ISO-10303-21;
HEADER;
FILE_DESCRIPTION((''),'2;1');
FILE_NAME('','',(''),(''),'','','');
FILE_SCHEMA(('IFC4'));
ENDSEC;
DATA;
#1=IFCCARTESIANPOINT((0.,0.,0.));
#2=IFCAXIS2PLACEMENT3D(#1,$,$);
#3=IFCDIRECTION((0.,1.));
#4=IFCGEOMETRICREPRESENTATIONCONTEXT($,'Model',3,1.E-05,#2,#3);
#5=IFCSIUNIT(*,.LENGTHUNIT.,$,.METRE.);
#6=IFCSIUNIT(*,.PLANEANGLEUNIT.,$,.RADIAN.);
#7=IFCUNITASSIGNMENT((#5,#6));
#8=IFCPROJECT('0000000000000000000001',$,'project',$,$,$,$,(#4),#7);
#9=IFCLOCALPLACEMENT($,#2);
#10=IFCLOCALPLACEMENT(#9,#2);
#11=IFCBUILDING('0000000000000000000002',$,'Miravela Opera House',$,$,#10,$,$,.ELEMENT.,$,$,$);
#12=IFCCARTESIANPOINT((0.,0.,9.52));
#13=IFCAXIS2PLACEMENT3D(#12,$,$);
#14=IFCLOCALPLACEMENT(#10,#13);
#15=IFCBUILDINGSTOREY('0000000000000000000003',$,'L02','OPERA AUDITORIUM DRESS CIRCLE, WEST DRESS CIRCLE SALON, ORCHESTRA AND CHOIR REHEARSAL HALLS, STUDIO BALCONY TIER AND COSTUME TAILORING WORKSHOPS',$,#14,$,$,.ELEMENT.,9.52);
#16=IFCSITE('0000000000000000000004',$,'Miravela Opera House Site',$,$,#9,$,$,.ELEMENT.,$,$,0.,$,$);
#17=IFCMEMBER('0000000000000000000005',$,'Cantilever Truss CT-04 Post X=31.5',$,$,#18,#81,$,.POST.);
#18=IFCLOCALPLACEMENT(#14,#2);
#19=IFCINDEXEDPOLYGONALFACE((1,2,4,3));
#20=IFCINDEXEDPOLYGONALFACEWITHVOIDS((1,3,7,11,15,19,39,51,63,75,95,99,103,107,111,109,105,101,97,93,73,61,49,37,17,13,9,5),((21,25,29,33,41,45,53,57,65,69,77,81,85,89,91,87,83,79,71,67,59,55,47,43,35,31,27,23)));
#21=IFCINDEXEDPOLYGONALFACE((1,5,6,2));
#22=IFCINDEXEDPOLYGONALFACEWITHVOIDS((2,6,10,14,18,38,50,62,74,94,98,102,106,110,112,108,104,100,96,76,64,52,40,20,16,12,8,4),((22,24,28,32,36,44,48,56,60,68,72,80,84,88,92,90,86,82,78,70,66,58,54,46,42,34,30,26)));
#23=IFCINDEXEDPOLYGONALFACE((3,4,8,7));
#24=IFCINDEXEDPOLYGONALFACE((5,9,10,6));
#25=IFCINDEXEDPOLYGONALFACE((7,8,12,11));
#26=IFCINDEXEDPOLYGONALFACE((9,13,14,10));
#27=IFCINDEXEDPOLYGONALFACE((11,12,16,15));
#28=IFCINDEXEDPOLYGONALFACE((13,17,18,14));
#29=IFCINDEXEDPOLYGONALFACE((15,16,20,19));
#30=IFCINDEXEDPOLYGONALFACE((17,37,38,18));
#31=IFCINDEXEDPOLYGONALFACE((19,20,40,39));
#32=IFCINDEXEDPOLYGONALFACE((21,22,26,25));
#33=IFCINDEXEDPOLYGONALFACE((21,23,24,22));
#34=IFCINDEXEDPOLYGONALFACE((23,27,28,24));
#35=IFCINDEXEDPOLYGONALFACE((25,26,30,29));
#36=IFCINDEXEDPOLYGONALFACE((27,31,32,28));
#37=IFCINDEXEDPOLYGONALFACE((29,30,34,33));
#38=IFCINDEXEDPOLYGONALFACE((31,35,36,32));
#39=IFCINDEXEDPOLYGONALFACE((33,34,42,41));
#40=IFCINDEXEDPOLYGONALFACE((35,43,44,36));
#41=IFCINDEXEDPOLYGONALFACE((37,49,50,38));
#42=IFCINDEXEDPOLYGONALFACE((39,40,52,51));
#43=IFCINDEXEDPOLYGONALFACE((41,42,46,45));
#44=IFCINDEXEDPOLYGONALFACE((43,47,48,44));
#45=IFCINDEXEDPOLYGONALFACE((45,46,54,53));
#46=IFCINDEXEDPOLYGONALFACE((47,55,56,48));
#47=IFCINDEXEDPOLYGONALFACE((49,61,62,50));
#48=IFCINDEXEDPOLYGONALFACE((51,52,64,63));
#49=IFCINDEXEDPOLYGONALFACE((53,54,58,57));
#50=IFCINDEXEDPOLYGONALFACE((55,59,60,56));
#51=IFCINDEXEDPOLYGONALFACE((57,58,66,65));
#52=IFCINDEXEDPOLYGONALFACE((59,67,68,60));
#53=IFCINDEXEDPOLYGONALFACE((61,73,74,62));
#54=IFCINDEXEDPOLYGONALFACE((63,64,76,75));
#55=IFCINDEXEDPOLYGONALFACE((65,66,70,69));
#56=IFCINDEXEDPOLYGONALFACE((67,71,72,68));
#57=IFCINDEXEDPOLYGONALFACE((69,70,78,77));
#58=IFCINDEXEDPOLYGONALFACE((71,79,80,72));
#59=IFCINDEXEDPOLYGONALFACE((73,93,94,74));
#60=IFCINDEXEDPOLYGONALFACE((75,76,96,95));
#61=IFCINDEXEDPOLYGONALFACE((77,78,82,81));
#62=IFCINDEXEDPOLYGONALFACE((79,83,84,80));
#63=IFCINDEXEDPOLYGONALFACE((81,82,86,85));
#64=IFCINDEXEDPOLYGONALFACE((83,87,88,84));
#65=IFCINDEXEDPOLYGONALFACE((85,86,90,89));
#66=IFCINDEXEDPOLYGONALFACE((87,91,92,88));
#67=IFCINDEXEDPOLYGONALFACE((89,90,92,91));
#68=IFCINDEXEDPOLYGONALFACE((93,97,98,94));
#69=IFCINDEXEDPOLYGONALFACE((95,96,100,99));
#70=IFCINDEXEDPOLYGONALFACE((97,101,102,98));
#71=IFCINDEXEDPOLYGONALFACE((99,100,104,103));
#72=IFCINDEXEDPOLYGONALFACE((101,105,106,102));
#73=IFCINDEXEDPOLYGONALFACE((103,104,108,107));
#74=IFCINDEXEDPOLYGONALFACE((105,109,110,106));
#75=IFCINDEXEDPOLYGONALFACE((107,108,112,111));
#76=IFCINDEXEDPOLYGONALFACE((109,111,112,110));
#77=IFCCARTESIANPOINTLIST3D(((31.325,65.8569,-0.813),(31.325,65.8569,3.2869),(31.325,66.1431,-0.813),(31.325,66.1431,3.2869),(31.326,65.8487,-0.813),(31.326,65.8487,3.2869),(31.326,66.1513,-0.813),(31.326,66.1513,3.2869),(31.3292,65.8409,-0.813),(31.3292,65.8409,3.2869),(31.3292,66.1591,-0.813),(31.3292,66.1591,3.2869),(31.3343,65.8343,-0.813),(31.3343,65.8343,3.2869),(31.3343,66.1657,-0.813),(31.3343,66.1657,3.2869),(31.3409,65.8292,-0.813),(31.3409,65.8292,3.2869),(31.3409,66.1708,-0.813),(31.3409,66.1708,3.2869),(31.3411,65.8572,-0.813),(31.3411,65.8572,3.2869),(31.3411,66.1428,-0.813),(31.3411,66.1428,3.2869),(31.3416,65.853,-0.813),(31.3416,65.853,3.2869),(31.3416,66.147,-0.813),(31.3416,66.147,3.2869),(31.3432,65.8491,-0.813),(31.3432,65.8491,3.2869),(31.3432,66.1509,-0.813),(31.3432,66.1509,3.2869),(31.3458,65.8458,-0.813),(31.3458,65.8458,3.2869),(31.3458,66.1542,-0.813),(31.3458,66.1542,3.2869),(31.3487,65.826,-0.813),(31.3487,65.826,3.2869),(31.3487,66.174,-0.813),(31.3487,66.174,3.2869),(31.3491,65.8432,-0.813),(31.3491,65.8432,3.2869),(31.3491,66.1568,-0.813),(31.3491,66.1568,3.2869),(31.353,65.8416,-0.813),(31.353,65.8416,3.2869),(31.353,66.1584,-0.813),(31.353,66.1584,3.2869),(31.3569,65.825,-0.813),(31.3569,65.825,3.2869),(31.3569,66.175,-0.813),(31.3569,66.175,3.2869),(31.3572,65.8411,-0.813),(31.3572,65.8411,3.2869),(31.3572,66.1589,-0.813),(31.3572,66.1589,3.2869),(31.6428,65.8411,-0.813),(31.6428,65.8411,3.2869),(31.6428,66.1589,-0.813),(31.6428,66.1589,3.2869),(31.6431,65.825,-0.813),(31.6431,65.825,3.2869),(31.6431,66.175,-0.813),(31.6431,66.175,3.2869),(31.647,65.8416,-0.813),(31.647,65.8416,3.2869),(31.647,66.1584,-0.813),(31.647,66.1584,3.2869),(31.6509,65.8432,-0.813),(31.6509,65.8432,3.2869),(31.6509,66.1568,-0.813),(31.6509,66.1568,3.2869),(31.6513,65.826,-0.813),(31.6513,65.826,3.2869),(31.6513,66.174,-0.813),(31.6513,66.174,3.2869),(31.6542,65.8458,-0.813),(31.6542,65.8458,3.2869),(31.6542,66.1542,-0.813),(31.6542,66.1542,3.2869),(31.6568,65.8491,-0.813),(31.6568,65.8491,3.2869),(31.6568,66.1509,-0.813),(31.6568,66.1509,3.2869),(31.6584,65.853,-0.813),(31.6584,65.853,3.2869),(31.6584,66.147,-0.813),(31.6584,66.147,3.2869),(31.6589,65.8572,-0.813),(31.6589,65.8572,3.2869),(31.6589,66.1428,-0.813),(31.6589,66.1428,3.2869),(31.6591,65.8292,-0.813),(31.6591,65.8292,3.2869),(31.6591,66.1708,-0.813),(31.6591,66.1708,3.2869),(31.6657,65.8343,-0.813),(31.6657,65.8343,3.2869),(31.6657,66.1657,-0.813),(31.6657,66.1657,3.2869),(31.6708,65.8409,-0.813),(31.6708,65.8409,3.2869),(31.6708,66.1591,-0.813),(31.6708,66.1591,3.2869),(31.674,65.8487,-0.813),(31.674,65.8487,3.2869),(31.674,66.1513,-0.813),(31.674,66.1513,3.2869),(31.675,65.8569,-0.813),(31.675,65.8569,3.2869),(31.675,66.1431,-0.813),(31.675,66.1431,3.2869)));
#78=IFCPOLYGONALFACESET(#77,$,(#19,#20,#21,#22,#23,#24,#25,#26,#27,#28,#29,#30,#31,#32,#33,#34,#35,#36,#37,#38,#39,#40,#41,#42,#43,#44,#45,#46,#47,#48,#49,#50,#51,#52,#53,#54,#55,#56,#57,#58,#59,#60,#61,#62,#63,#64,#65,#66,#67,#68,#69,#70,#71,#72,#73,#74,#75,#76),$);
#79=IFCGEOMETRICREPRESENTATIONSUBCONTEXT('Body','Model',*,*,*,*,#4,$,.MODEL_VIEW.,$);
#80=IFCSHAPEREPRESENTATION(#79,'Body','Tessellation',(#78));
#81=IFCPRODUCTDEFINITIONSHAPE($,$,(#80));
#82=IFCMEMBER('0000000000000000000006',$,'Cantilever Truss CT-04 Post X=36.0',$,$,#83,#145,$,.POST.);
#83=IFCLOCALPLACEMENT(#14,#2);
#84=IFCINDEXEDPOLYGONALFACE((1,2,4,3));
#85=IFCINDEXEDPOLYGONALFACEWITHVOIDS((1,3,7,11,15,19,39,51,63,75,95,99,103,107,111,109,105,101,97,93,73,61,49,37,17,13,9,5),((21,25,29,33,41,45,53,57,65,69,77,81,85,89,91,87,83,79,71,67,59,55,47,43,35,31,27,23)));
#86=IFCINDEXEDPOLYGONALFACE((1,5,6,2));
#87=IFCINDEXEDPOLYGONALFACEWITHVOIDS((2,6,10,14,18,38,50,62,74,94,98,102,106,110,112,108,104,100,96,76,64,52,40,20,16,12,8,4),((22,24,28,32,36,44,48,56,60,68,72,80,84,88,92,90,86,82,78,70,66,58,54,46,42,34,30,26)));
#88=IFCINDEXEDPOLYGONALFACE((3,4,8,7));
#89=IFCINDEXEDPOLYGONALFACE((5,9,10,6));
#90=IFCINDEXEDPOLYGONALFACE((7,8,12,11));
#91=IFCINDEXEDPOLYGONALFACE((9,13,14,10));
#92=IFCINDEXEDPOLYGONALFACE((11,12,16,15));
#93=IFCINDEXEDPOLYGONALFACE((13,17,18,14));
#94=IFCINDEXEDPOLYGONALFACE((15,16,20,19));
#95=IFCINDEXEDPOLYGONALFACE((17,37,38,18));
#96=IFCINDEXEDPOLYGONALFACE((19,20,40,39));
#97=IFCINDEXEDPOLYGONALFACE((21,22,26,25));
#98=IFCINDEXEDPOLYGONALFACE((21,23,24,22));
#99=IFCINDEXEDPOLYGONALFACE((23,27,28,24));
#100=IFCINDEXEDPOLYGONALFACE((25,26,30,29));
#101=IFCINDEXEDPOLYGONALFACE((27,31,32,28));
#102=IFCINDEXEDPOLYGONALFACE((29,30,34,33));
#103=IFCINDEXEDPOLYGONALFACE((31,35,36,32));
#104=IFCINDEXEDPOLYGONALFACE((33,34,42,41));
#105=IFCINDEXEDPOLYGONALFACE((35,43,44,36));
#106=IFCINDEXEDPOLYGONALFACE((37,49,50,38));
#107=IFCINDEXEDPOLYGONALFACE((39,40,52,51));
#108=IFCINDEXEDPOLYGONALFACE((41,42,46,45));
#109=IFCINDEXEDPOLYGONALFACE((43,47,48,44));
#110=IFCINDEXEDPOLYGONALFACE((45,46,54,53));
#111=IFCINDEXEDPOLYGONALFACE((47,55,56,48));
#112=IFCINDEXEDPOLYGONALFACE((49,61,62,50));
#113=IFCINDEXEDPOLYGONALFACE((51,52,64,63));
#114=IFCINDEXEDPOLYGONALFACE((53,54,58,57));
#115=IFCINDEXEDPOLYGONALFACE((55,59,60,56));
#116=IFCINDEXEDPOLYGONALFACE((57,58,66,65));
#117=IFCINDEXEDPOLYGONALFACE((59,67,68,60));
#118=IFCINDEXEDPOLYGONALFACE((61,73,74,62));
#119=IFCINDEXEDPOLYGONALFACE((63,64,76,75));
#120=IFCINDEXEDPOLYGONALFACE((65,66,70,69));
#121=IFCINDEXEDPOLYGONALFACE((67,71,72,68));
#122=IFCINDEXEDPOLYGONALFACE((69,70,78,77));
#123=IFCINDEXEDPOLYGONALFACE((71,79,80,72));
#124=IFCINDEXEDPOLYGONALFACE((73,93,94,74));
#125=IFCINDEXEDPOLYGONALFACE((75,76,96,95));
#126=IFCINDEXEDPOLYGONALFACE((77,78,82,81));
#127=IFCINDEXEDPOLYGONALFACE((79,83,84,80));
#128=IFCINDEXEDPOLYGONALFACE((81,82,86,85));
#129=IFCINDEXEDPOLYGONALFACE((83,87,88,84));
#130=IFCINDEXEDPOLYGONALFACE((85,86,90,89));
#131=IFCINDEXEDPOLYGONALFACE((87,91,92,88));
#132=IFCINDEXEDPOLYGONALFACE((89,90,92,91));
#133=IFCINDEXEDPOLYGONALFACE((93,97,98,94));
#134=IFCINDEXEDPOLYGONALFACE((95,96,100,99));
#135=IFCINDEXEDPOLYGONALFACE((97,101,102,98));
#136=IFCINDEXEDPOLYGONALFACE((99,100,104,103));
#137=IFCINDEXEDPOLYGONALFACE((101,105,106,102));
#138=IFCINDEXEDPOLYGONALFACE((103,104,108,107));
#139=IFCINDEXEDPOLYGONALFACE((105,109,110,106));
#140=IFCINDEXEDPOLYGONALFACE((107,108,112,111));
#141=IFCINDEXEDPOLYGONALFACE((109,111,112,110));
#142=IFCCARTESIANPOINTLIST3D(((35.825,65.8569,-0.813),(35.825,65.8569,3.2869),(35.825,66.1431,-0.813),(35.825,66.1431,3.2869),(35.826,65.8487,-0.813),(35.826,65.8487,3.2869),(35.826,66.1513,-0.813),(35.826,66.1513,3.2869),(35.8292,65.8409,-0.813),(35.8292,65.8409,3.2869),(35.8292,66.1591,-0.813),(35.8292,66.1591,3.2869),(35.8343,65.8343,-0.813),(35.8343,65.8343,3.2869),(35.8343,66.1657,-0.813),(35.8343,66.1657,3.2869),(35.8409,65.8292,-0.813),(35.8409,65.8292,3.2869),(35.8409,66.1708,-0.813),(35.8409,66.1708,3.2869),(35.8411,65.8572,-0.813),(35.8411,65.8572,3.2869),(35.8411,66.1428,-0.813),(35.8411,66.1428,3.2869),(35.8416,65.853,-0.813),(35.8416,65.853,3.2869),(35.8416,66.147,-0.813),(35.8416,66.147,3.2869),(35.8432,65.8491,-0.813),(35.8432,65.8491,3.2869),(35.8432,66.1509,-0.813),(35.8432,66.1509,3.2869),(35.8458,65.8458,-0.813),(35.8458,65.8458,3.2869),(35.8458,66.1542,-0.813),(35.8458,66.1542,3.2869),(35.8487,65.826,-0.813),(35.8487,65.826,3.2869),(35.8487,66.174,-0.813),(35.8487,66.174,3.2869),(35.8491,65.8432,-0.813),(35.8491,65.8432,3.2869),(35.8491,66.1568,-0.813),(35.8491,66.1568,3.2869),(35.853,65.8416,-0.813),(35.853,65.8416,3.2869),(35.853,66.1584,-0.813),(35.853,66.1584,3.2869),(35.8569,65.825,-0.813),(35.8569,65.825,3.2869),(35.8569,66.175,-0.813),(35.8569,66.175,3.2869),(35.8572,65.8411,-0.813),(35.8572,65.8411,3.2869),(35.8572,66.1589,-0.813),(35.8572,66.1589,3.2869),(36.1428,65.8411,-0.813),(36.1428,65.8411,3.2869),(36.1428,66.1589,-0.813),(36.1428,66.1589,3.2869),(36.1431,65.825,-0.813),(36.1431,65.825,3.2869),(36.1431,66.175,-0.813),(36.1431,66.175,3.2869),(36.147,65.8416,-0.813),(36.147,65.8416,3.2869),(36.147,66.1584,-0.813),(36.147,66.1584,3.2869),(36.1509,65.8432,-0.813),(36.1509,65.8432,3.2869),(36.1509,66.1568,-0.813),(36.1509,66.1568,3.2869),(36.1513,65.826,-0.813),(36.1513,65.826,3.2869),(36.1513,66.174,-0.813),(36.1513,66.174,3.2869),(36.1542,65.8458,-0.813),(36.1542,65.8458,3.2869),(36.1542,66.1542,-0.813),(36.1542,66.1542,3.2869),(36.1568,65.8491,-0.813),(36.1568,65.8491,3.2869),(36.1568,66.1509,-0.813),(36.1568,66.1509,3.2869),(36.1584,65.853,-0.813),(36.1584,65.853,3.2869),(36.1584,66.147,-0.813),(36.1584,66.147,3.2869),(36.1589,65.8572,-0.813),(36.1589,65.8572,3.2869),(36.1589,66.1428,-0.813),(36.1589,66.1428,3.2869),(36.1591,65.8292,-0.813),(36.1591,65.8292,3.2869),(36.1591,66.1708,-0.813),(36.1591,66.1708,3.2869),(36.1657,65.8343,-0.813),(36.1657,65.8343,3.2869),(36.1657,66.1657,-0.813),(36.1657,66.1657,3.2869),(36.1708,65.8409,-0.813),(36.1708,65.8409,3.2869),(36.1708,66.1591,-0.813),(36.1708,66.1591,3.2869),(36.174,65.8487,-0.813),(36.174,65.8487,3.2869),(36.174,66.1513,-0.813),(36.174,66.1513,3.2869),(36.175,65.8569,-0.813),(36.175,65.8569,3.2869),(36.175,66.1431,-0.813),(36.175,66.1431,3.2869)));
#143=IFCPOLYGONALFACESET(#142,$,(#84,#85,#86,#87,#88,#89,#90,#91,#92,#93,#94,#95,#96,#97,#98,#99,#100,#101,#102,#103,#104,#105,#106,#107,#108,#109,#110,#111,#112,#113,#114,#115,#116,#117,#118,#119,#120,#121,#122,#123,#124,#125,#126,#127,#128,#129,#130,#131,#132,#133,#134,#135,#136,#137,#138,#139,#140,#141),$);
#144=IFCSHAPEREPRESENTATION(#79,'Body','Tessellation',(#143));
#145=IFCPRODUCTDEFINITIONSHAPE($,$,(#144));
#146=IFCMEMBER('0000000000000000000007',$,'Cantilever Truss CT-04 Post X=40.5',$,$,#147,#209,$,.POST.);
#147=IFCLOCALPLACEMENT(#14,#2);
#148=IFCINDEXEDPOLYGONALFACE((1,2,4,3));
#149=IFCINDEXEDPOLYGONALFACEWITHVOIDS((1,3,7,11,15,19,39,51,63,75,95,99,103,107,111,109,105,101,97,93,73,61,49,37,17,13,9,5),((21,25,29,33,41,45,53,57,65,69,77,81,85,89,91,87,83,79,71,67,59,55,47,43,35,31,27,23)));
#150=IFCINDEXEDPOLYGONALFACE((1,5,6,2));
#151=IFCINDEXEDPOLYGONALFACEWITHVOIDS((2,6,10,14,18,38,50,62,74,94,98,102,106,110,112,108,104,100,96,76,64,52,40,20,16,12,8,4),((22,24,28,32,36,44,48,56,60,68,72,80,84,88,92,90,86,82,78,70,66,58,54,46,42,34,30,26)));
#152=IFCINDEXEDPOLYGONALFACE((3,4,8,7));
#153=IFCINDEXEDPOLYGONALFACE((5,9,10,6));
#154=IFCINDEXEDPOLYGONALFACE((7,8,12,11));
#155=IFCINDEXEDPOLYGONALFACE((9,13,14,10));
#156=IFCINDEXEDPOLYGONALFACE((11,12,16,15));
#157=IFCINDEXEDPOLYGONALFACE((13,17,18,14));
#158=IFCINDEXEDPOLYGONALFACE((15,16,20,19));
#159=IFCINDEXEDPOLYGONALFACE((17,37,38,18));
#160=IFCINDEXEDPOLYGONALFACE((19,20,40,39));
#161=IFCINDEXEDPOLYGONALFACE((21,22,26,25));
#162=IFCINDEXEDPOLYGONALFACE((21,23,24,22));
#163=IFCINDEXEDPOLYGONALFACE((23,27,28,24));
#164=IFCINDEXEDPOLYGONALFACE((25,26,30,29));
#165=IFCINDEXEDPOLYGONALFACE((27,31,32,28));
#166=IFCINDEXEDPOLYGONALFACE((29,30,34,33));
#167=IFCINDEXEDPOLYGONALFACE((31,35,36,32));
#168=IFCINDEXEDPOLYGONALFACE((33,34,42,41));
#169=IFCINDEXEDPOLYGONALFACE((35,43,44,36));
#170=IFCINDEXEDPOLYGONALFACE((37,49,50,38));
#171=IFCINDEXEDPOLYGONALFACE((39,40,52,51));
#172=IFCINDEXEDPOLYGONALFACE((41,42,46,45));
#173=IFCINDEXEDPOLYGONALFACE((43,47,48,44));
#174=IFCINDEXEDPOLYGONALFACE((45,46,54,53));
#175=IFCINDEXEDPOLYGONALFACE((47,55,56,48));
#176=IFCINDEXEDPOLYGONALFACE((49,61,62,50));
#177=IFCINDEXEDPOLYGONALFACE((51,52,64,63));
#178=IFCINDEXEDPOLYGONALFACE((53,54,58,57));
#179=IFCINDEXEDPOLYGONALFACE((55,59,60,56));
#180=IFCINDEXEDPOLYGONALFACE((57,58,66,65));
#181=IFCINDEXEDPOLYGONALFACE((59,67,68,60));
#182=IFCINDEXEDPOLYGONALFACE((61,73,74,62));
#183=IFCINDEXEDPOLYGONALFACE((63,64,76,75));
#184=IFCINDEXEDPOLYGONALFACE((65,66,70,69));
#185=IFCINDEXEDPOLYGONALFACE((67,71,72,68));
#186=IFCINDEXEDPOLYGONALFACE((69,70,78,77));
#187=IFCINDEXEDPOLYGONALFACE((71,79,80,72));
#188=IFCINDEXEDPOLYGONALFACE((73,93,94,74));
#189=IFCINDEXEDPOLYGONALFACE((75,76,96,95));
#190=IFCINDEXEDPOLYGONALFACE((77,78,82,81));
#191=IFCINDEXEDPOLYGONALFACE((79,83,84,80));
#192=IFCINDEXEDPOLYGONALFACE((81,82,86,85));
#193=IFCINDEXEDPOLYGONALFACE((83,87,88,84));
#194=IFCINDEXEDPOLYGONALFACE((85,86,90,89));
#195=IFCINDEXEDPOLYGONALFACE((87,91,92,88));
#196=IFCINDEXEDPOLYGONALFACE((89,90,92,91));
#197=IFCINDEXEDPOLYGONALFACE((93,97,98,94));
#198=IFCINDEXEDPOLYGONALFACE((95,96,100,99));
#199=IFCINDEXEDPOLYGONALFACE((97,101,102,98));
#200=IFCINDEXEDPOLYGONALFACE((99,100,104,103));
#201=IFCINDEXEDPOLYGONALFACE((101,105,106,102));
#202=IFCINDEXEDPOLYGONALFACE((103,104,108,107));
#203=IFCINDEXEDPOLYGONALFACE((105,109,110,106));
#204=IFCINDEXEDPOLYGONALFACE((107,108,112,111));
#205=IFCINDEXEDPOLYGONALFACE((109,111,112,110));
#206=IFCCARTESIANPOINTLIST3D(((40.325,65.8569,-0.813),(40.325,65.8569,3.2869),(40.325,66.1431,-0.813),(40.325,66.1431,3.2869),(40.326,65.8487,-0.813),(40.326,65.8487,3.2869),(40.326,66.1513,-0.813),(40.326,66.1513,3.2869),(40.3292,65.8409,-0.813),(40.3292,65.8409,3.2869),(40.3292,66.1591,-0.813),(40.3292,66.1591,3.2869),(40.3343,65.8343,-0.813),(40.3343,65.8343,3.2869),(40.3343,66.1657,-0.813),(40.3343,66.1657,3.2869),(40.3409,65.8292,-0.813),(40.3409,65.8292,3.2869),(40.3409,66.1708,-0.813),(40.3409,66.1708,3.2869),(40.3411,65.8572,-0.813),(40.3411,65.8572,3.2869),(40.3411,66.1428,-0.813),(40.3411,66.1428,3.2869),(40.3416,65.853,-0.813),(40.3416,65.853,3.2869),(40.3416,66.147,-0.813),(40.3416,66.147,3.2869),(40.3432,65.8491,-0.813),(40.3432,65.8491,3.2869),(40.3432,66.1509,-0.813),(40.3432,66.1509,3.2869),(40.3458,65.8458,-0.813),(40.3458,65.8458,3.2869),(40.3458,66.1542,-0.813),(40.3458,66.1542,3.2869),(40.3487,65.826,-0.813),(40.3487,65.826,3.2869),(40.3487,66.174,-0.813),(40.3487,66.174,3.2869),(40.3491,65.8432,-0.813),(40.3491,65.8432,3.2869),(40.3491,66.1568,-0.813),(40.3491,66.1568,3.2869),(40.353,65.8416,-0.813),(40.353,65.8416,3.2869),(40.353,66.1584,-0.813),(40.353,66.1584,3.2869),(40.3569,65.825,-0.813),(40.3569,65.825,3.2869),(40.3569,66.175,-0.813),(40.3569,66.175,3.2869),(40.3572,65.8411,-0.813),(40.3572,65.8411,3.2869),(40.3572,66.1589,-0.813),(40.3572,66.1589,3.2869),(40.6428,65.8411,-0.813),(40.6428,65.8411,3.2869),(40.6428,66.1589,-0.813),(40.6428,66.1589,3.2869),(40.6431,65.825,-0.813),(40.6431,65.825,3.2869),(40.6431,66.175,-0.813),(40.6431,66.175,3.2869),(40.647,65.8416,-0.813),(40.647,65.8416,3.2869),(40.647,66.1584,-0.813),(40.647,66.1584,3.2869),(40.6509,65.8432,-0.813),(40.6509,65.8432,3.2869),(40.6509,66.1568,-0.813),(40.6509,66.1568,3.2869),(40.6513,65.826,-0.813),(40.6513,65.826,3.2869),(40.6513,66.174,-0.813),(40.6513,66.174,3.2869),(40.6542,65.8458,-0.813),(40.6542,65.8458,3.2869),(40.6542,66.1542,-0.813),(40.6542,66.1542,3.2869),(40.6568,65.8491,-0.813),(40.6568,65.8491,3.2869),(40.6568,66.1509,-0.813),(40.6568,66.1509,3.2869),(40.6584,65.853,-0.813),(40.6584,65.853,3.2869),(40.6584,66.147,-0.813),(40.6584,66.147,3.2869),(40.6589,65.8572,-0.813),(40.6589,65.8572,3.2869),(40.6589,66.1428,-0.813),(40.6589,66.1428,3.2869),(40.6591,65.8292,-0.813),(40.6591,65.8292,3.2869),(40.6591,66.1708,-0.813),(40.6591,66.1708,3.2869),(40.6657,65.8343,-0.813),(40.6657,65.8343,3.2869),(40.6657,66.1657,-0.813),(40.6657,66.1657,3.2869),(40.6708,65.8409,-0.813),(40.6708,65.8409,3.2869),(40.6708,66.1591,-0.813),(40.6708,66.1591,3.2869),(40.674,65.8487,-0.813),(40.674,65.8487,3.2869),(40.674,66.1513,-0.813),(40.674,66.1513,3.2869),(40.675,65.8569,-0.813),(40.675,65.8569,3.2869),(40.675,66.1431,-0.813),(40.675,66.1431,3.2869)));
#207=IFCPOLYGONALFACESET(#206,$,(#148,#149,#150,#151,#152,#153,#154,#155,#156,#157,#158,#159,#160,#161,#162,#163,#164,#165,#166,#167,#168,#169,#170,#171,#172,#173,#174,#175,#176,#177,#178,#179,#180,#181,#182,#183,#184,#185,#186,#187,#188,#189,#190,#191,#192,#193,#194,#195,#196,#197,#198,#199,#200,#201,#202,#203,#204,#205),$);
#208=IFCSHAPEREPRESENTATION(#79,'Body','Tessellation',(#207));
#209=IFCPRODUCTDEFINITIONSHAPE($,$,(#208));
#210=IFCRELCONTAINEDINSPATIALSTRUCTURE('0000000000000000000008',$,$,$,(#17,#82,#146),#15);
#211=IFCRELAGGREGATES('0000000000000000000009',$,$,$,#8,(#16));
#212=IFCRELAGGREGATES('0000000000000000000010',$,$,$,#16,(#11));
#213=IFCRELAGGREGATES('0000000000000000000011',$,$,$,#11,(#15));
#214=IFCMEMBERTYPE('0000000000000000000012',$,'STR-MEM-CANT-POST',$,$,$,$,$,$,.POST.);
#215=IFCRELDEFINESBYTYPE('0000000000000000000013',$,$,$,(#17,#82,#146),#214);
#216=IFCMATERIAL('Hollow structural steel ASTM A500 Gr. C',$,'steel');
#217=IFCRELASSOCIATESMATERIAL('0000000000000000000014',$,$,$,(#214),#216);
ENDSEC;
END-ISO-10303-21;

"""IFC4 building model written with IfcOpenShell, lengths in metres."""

from ifc_helpers import new_model, si_unit, direction, frame, origin, origin_2d, place, context, subcontext, project, spatial, hollow_rectangle, extrude, material, material_profile, profile_set, type_object, element, save


model = new_model("IFC4")

# Units and contexts
model_context = context("Model", 3, precision=1e-05, world=origin(), true_north=direction((0.0, 1.0)))
body_context = subcontext(model_context, "Body", "Model", "MODEL_VIEW")
ifc_project = project(units=[si_unit("LENGTHUNIT", "METRE"), si_unit("PLANEANGLEUNIT", "RADIAN")], contexts=[model_context])

# Site, building, storey
site_placement = place(None, origin())
site = spatial("IfcSite", under=ifc_project, at=site_placement, Name="Miravela Opera House Site", CompositionType="ELEMENT", RefElevation=0.0)
building_placement = place(site_placement, origin())
building = spatial("IfcBuilding", under=site, at=building_placement, Name="Miravela Opera House", CompositionType="ELEMENT")
storey_placement = place(building_placement, frame((0.0, 0.0, 9.52)))
storey = spatial("IfcBuildingStorey", under=building, at=storey_placement, Name="L02", Description="OPERA AUDITORIUM DRESS CIRCLE, WEST DRESS CIRCLE SALON, ORCHESTRA AND CHOIR REHEARSAL HALLS, STUDIO BALCONY TIER AND COSTUME TAILORING WORKSHOPS", CompositionType="ELEMENT", Elevation=9.52)

# Members
ifc_material_1 = material(Name="Hollow structural steel ASTM A500 Gr. C", Category="steel")
ifc_material_profile_1 = material_profile(ifc_material_1, hollow_rectangle(XDim=0.3501, YDim=0.3501, WallThickness=0.0161, InnerFilletRadius=0.0161, OuterFilletRadius=0.032, at=origin_2d()), Name="HSS350X350X16")
ifc_profile_set_1 = profile_set([ifc_material_profile_1])
member_type = type_object("IfcMemberType", Name="STR-MEM-CANT-POST", PredefinedType="POST", material=ifc_profile_set_1)
for number, where, z_axis, x_axis, name in (
    (1, (31.5, 66.0, -0.813), (0.0, 0.0, 1.0), (1.0, 0.0, 0.0), "Cantilever Truss CT-04 Post X=31.5"),
    (2, (36.0, 66.0, -0.813), (0.0, 0.0, 1.0), (1.0, 0.0, 0.0), "Cantilever Truss CT-04 Post X=36.0"),
    (3, (40.5, 66.0, -0.813), (0.0, 0.0, 1.0), (1.0, 0.0, 0.0), "Cantilever Truss CT-04 Post X=40.5"),
):
    element("IfcMember", number, at=place(storey_placement, frame(where, z_axis=z_axis, x_axis=x_axis)), inside=storey, type_object=member_type, Name=name, PredefinedType="POST", context=body_context, shape_type="SweptSolid", body=[
        extrude(hollow_rectangle(XDim=0.3501, YDim=0.3501, WallThickness=0.0161, InnerFilletRadius=0.0161, OuterFilletRadius=0.032, at=origin_2d()), origin(), (0.0, 0.0, 1.0), 4.0999),
    ])

save(model, "model.ifc")
